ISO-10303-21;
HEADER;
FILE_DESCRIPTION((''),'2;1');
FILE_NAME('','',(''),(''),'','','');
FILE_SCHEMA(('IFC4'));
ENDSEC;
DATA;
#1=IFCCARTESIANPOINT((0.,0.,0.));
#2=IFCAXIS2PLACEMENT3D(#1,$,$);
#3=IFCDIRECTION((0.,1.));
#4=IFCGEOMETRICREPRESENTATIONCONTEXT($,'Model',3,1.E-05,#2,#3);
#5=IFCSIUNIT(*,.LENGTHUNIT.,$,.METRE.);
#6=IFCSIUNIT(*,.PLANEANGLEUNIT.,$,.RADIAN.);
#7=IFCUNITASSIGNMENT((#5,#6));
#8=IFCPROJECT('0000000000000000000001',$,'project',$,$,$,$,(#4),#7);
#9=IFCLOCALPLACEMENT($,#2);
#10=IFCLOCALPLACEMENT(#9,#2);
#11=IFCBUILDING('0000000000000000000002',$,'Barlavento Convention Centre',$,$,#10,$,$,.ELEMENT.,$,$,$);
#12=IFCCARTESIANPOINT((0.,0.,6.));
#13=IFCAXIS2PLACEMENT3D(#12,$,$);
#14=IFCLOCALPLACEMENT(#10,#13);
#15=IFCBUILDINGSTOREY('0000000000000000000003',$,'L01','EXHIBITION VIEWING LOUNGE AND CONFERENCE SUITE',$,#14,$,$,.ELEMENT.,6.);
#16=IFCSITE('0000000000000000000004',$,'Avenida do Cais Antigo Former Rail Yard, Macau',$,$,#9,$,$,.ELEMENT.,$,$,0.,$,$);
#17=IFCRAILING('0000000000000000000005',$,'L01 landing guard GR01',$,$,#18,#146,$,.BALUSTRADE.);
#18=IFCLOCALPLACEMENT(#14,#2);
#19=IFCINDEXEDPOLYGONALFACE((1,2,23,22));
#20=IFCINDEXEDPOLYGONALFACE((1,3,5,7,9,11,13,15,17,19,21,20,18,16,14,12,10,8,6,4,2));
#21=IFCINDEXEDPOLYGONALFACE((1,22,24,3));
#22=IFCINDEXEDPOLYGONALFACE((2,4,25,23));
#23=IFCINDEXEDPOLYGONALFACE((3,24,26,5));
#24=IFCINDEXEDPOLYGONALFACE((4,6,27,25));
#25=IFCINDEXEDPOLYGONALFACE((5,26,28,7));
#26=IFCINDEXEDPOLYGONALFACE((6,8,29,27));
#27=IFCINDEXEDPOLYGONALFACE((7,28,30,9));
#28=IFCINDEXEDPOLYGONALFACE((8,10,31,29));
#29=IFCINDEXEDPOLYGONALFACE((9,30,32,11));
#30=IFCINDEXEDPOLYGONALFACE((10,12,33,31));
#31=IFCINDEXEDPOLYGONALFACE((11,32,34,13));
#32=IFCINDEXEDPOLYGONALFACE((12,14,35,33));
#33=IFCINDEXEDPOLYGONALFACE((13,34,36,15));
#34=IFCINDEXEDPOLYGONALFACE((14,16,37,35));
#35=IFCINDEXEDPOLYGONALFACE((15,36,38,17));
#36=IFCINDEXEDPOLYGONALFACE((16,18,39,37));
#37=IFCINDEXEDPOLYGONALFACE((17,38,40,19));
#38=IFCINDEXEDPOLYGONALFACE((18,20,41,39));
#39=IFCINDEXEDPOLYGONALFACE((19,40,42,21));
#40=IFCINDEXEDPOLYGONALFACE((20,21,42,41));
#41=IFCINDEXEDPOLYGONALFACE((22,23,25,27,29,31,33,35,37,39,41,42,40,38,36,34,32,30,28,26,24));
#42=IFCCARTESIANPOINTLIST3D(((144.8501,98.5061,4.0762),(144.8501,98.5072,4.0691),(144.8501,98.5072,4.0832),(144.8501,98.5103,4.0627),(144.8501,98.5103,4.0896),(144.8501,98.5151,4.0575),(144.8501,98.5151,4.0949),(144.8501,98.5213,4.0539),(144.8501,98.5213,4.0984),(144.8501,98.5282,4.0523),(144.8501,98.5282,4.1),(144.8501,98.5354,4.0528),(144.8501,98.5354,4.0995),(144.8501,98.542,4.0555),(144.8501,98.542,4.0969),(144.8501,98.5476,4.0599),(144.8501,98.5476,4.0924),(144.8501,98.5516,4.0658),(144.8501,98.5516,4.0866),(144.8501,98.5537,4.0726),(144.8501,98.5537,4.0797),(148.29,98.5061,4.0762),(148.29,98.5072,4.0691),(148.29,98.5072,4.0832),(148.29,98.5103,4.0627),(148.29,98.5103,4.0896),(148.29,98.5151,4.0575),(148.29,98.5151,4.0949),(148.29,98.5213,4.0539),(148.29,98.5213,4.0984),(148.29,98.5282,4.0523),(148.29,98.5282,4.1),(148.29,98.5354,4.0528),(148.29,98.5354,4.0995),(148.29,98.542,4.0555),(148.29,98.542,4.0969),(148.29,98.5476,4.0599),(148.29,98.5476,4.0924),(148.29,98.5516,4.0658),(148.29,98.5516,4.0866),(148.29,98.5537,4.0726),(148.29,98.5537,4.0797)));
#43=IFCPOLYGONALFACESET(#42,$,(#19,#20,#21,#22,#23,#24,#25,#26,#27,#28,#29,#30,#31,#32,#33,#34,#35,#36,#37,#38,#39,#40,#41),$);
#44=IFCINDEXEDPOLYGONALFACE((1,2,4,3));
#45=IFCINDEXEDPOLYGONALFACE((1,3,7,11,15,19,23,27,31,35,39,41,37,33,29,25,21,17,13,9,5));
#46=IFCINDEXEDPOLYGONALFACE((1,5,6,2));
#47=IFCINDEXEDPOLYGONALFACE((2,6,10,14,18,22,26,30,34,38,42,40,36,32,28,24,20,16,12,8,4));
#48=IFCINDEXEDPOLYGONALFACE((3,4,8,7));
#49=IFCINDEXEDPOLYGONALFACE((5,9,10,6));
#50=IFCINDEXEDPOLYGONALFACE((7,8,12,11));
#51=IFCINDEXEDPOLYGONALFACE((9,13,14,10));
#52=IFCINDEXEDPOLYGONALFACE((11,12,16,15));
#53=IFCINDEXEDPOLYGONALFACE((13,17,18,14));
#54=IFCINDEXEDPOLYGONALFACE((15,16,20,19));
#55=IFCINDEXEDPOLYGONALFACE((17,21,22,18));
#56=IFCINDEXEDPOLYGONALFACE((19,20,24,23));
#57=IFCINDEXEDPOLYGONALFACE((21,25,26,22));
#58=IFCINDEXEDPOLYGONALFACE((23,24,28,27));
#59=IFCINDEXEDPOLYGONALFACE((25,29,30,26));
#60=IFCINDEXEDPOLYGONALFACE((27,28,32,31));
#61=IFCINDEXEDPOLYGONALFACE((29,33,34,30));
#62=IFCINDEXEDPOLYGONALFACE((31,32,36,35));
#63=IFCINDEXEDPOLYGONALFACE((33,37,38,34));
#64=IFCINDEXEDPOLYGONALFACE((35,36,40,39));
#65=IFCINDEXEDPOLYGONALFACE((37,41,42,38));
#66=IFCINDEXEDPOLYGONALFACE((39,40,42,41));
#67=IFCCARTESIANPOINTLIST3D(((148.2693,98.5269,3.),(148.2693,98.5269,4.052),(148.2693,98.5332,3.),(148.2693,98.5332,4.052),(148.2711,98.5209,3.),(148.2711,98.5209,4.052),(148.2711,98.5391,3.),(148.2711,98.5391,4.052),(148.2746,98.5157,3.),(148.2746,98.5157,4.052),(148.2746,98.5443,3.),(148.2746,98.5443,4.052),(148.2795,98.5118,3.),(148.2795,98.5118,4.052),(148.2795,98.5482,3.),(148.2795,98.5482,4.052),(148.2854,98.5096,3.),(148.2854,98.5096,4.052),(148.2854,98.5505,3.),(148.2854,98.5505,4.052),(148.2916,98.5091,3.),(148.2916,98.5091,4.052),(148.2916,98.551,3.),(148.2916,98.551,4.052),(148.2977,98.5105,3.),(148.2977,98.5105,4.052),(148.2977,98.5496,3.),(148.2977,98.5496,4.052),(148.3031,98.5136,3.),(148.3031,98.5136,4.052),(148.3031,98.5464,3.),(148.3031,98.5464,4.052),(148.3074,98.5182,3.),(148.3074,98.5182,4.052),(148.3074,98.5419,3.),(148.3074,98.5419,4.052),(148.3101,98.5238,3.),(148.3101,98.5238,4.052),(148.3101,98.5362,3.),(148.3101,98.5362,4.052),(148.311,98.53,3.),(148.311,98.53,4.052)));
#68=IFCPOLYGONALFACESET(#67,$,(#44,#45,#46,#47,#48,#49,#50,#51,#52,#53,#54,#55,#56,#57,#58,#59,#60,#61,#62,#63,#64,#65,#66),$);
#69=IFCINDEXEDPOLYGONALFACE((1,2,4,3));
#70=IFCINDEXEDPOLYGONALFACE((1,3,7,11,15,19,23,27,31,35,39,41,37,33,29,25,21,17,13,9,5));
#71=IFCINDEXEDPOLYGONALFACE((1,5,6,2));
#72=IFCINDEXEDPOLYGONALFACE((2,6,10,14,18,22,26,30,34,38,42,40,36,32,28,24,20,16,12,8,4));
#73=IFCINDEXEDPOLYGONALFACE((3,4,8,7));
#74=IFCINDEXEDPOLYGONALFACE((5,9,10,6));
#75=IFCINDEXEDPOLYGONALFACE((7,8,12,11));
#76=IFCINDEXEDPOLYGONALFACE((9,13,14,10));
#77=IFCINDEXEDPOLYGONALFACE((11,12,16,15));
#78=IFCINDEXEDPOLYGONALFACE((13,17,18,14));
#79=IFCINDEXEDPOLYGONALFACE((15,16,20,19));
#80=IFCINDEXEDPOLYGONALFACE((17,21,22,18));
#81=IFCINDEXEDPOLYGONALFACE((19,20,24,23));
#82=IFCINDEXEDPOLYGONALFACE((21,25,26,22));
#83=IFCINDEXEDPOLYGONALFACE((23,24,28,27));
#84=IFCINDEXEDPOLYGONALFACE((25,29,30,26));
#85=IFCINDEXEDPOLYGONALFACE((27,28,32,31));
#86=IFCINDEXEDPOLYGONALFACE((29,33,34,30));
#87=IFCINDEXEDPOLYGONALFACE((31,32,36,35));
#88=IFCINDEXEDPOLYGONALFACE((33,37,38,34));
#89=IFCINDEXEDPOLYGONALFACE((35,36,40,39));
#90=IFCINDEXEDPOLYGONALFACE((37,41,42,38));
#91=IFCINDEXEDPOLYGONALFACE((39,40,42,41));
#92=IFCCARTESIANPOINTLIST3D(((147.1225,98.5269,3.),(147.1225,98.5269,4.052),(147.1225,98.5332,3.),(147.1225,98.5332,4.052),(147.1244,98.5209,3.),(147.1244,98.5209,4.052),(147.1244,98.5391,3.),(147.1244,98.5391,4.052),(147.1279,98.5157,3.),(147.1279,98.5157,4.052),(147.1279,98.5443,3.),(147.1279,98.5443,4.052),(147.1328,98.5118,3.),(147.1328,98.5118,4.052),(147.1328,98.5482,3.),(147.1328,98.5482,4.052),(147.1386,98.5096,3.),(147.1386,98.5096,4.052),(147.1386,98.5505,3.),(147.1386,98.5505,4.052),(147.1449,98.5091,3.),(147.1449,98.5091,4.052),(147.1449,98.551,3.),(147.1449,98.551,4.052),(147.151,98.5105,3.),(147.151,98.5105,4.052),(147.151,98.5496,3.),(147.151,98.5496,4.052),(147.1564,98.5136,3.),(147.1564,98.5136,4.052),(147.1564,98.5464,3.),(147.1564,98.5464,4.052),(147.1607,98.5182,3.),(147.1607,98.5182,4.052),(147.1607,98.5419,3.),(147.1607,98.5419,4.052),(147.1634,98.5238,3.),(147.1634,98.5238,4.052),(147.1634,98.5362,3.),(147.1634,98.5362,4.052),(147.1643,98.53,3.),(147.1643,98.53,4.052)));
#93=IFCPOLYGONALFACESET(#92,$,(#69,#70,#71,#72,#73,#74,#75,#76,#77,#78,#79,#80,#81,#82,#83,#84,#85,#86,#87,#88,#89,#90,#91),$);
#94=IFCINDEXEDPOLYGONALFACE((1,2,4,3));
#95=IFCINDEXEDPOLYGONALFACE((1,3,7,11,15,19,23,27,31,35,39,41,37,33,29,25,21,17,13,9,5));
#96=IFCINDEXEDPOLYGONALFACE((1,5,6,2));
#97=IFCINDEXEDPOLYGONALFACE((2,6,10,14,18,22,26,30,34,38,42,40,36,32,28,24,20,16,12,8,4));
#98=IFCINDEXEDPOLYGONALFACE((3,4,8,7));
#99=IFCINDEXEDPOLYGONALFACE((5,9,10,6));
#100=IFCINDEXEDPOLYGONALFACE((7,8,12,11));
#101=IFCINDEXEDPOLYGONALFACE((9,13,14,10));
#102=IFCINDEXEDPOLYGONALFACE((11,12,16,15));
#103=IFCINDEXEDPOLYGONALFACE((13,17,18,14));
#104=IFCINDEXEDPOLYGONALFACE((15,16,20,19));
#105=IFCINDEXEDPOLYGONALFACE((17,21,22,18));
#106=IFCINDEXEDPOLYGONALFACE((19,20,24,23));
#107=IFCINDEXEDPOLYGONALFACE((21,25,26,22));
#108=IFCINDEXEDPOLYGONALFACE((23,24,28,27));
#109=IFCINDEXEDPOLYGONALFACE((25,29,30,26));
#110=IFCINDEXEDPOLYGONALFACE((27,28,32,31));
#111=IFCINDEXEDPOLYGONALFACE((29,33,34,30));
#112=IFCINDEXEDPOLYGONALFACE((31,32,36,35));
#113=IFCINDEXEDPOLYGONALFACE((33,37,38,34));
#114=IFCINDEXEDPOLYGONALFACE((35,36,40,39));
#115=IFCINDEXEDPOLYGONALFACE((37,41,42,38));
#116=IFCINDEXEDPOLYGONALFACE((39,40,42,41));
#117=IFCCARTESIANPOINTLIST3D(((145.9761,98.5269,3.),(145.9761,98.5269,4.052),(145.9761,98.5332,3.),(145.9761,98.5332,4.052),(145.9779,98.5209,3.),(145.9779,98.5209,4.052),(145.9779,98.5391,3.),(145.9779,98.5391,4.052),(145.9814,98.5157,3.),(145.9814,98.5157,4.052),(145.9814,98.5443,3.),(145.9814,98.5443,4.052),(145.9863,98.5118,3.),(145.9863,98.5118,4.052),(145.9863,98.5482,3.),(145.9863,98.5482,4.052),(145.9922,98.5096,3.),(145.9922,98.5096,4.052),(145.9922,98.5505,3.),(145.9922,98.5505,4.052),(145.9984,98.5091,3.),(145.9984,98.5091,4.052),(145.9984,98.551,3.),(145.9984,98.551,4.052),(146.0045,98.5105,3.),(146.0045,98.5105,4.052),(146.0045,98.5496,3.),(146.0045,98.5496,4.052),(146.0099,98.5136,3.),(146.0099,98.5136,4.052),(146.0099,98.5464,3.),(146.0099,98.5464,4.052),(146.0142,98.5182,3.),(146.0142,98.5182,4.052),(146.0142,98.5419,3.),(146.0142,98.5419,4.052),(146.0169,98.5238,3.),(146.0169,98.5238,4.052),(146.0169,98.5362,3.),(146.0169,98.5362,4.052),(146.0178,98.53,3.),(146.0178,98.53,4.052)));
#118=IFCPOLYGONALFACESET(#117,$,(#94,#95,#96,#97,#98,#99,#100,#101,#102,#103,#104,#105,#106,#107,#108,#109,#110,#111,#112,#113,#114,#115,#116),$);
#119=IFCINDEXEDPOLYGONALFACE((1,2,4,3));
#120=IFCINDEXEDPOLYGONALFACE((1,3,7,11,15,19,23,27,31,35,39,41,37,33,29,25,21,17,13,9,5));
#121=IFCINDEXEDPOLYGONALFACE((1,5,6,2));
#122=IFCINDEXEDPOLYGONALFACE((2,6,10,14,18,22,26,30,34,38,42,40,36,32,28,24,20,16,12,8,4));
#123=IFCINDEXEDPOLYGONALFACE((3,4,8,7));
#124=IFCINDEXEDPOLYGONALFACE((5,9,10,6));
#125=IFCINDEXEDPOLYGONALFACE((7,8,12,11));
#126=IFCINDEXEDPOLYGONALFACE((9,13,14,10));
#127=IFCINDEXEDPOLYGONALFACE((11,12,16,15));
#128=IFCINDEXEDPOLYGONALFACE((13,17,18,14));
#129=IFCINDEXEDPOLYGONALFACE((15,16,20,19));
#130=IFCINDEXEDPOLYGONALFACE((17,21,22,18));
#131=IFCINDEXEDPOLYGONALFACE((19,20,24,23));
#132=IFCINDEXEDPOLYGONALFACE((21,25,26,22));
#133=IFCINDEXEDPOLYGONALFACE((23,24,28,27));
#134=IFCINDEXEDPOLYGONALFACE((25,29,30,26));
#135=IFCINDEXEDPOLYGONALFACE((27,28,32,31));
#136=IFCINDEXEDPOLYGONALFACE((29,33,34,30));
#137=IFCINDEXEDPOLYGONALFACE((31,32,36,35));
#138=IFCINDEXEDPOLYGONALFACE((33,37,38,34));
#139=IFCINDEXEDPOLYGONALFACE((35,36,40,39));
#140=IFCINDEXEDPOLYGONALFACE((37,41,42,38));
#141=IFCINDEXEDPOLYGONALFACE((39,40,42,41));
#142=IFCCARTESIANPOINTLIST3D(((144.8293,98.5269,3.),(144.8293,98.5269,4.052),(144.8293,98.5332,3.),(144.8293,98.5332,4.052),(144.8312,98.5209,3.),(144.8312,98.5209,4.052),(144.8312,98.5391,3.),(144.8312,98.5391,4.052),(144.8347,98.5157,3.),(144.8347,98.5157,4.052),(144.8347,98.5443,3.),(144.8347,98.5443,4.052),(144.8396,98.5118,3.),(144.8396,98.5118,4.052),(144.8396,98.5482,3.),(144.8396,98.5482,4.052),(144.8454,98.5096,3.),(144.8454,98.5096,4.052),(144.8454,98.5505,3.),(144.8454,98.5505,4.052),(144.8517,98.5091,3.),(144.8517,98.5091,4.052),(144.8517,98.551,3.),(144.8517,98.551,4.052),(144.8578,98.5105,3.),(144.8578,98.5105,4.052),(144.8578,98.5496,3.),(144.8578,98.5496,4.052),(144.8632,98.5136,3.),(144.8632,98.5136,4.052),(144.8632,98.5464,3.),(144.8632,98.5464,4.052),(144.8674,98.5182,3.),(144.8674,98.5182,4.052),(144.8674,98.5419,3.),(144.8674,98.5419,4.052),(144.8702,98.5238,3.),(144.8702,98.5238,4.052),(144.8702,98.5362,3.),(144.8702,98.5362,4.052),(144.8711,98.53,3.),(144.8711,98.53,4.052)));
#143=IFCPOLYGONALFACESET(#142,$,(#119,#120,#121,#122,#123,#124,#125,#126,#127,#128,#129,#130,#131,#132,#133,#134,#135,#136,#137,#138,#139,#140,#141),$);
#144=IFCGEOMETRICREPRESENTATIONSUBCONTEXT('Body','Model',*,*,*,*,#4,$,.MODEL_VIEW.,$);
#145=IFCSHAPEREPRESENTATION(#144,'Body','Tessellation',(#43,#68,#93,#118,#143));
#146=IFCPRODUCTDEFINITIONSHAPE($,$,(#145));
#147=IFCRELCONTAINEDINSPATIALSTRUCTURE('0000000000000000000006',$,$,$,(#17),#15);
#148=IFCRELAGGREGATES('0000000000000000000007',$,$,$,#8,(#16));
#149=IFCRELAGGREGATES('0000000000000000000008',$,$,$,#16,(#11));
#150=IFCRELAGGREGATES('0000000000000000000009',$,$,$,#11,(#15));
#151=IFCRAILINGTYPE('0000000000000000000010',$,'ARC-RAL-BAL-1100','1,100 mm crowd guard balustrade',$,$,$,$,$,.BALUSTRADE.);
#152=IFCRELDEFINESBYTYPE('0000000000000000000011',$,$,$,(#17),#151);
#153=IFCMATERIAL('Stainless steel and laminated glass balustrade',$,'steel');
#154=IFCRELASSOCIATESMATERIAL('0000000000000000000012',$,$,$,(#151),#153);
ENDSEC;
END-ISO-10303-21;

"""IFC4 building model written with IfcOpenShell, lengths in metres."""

from ifc_helpers import new_model, si_unit, direction, frame, origin, origin_2d, place, context, subcontext, project, spatial, circle, extrude, material, type_object, element, save


model = new_model("IFC4")

# Units and contexts
model_context = context("Model", 3, precision=1e-05, world=origin(), true_north=direction((0.0, 1.0)))
body_context = subcontext(model_context, "Body", "Model", "MODEL_VIEW")
ifc_project = project(units=[si_unit("LENGTHUNIT", "METRE"), si_unit("PLANEANGLEUNIT", "RADIAN")], contexts=[model_context])

# Site, building, storey
site_placement = place(None, origin())
site = spatial("IfcSite", under=ifc_project, at=site_placement, Name="Avenida do Cais Antigo Former Rail Yard, Macau", CompositionType="ELEMENT", RefElevation=0.0)
building_placement = place(site_placement, origin())
building = spatial("IfcBuilding", under=site, at=building_placement, Name="Barlavento Convention Centre", CompositionType="ELEMENT")
storey_placement = place(building_placement, frame((0.0, 0.0, 6.0)))
storey = spatial("IfcBuildingStorey", under=building, at=storey_placement, Name="L01", Description="EXHIBITION VIEWING LOUNGE AND CONFERENCE SUITE", CompositionType="ELEMENT", Elevation=6.0)

# Railing
ifc_material_1 = material(Name="Stainless steel and laminated glass balustrade", Category="steel")
railing_type = type_object("IfcRailingType", Name="ARC-RAL-BAL-1100", Description="1,100 mm crowd guard balustrade", PredefinedType="BALUSTRADE", material=ifc_material_1)
for number, where, name in (
    (1, (148.29, 98.53, 3.0), "L01 landing guard GR01"),
):
    element("IfcRailing", number, at=place(storey_placement, frame(where)), inside=storey, type_object=railing_type, Name=name, PredefinedType="BALUSTRADE", context=body_context, shape_type="SweptSolid", body=[
        extrude(circle(Radius=0.0239, at=origin_2d()), frame((0.0, 0.0, 1.0762), z_axis=(-1.0, 0.0, 0.0), x_axis=(0.0, -1.0, 0.0)), (0.0, 0.0, 1.0), 3.4399),
        extrude(circle(Radius=0.021, at=origin_2d()), origin(), (0.0, 0.0, 1.0), 1.052),
        extrude(circle(Radius=0.021, at=origin_2d()), frame((-1.1467, 0.0, 0.0)), (0.0, 0.0, 1.0), 1.052),
        extrude(circle(Radius=0.021, at=origin_2d()), frame((-2.2932, 0.0, 0.0)), (0.0, 0.0, 1.0), 1.052),
        extrude(circle(Radius=0.021, at=origin_2d()), frame((-3.4399, 0.0, 0.0)), (0.0, 0.0, 1.0), 1.052),
    ])

save(model, "model.ifc")
